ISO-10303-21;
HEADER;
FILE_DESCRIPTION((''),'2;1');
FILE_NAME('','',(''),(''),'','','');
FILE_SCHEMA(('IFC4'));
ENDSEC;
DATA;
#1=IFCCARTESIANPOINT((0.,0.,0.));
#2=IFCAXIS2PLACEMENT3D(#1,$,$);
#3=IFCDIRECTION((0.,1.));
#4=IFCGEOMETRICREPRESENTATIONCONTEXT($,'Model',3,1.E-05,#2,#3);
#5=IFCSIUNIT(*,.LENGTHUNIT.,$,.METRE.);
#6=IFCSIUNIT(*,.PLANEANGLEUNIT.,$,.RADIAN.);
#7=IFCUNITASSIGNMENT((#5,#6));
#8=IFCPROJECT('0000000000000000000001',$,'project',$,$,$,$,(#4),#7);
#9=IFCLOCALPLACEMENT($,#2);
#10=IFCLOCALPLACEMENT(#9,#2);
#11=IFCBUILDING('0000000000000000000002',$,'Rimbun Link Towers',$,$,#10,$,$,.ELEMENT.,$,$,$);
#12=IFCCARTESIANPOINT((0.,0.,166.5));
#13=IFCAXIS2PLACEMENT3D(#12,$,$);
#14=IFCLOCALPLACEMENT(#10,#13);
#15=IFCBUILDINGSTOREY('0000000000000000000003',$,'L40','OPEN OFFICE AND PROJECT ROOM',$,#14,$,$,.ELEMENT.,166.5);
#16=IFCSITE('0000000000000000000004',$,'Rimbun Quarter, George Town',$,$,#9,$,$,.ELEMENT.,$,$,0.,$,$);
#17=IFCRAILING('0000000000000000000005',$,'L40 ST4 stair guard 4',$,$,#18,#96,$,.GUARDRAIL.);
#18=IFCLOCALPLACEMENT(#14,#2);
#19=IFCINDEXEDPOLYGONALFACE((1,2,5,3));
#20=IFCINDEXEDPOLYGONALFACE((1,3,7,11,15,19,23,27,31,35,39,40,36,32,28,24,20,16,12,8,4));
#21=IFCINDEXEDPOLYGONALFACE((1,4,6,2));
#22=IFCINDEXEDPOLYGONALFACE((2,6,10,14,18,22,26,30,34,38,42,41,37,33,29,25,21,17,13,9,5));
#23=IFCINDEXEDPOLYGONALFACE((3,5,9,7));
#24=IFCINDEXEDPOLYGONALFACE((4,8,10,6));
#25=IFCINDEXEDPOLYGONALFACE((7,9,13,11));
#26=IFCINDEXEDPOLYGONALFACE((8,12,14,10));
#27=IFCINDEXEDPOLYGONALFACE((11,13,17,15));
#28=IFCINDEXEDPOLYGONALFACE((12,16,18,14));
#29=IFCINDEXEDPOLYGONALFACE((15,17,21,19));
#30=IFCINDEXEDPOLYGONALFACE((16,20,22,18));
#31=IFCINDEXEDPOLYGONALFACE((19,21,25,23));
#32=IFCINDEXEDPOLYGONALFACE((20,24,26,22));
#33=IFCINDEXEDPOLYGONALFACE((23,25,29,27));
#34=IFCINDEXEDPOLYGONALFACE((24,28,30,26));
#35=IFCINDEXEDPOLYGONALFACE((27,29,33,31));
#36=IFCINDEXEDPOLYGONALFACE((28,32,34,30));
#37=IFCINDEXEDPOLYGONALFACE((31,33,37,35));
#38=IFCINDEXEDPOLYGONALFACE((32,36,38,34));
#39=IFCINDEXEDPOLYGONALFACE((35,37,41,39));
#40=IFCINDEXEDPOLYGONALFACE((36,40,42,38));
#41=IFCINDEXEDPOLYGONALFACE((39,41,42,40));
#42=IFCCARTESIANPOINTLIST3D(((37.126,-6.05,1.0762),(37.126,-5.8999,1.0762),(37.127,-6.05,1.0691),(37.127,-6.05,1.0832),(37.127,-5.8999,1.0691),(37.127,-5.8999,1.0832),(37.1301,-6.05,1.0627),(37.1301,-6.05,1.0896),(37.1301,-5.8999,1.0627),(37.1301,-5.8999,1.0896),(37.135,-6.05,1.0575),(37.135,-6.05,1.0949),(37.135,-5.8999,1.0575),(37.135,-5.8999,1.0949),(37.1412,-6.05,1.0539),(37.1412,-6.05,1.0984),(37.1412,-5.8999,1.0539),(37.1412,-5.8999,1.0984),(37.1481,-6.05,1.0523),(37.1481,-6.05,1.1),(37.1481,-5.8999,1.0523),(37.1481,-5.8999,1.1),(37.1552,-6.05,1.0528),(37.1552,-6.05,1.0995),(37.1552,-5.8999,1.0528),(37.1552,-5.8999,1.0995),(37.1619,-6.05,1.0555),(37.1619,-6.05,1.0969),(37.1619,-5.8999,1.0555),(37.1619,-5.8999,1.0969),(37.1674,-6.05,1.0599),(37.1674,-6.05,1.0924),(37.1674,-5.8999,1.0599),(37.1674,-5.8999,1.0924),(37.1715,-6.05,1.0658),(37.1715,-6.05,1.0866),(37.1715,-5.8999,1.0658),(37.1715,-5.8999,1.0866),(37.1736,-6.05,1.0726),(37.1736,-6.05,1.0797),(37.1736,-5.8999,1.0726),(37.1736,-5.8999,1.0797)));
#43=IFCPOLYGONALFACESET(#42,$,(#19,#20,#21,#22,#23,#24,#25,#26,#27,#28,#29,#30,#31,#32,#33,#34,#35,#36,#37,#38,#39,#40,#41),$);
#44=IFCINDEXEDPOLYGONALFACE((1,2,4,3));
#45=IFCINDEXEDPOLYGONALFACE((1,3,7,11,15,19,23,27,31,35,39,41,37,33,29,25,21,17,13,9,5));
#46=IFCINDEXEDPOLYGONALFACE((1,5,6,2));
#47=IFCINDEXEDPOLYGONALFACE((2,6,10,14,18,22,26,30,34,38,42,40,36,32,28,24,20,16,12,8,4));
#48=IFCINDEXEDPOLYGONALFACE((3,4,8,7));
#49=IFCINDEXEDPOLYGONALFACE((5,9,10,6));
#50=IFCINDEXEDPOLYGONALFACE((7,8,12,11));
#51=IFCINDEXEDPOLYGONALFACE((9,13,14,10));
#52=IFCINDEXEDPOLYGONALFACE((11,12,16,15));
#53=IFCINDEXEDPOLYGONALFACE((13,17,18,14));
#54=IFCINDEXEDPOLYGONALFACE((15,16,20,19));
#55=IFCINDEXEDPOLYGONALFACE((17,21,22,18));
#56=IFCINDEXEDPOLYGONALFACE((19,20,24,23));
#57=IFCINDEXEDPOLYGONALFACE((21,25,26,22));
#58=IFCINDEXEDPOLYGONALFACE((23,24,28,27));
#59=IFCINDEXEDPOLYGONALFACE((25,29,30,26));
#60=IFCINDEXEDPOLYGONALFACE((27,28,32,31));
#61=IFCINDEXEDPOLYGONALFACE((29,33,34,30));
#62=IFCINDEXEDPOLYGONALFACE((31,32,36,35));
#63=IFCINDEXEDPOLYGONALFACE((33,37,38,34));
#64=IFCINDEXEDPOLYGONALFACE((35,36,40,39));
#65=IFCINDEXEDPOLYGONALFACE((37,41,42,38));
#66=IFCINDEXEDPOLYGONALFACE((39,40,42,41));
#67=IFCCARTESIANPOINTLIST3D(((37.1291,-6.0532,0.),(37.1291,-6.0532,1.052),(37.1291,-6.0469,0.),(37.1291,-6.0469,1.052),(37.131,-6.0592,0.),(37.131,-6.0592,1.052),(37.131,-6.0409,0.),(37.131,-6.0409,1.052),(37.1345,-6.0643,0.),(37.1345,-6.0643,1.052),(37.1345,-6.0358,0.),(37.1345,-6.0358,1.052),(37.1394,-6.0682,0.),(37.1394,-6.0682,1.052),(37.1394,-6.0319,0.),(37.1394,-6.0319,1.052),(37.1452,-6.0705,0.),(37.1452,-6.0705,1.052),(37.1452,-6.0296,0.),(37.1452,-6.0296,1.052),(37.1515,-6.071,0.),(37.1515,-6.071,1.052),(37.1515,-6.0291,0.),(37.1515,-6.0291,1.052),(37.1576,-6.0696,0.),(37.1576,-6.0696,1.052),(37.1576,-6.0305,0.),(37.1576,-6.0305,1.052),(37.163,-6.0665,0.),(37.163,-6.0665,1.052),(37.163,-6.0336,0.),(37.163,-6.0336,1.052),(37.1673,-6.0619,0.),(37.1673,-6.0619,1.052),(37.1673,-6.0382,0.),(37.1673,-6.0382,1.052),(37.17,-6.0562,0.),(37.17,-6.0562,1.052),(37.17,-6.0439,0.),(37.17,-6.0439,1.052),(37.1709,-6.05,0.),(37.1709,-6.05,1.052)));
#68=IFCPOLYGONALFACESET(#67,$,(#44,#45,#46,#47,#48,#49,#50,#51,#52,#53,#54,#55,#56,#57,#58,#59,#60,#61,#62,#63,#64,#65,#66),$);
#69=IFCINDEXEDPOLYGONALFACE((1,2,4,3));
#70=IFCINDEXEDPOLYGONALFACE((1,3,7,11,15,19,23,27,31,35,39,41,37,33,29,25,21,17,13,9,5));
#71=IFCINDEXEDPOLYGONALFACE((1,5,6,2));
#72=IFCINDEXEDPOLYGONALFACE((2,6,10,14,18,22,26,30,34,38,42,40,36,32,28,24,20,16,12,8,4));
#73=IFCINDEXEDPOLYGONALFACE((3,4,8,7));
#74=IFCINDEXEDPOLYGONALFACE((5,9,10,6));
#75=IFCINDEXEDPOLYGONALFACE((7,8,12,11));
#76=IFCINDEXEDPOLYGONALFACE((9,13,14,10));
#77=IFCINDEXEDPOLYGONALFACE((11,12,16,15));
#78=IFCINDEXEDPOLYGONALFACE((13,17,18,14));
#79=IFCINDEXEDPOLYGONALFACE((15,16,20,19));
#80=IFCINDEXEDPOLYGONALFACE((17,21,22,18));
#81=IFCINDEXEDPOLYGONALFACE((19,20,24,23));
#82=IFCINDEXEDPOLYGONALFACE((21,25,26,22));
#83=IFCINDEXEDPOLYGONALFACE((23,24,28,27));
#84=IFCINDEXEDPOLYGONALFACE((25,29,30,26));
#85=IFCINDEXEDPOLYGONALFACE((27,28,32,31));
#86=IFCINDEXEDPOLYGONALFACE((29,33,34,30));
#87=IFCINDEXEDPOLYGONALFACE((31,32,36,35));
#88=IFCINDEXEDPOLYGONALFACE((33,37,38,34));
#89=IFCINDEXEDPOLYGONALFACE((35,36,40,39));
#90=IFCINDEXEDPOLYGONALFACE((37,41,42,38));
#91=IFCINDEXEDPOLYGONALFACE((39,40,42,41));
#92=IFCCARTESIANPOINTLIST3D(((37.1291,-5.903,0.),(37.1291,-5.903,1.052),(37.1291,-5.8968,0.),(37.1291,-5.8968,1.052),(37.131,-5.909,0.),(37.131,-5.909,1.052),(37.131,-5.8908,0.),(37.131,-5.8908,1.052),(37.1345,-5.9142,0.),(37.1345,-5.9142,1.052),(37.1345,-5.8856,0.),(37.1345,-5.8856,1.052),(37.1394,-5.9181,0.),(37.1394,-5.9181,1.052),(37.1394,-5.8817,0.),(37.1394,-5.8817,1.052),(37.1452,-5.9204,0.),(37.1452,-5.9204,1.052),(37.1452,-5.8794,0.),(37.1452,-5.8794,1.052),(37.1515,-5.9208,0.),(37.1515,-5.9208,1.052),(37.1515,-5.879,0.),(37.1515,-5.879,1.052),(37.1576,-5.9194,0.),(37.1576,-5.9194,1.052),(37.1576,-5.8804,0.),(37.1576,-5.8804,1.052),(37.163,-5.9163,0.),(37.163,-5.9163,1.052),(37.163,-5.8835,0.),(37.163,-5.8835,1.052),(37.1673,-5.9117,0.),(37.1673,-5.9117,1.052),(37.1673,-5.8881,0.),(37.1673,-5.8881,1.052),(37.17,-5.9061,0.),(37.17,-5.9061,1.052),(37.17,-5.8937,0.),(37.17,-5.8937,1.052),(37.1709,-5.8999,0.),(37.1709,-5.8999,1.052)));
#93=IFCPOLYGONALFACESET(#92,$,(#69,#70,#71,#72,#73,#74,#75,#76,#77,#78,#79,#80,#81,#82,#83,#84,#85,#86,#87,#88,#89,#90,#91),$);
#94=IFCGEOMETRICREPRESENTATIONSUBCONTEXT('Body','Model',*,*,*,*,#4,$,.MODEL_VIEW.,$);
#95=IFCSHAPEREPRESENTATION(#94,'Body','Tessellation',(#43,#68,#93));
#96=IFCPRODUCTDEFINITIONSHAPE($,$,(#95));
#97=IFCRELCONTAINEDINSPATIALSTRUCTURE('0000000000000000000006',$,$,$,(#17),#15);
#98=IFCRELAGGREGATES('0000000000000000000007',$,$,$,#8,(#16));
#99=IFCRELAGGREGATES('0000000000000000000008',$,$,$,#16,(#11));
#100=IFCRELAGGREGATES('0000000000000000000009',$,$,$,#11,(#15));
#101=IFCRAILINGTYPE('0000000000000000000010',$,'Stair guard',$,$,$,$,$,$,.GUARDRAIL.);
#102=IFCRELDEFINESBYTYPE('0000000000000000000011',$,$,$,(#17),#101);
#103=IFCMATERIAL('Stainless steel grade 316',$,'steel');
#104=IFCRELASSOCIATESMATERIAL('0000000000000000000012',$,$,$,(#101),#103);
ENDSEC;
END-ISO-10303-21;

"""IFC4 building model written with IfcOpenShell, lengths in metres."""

from ifc_helpers import new_model, si_unit, direction, frame, origin, origin_2d, place, context, subcontext, project, spatial, circle, extrude, material, type_object, element, save


model = new_model("IFC4")

# Units and contexts
model_context = context("Model", 3, precision=1e-05, world=origin(), true_north=direction((0.0, 1.0)))
body_context = subcontext(model_context, "Body", "Model", "MODEL_VIEW")
ifc_project = project(units=[si_unit("LENGTHUNIT", "METRE"), si_unit("PLANEANGLEUNIT", "RADIAN")], contexts=[model_context])

# Site, building, storey
site_placement = place(None, origin())
site = spatial("IfcSite", under=ifc_project, at=site_placement, Name="Rimbun Quarter, George Town", CompositionType="ELEMENT", RefElevation=0.0)
building_placement = place(site_placement, origin())
building = spatial("IfcBuilding", under=site, at=building_placement, Name="Rimbun Link Towers", CompositionType="ELEMENT")
storey_placement = place(building_placement, frame((0.0, 0.0, 166.5)))
storey = spatial("IfcBuildingStorey", under=building, at=storey_placement, Name="L40", Description="OPEN OFFICE AND PROJECT ROOM", CompositionType="ELEMENT", Elevation=166.5)

# Railing
ifc_material_1 = material(Name="Stainless steel grade 316", Category="steel")
railing_type_1 = type_object("IfcRailingType", Name="Stair guard", PredefinedType="GUARDRAIL", material=ifc_material_1)
railing_1_placement = place(storey_placement, frame((37.1499, -6.05, 0.0)))
element("IfcRailing", 1, at=railing_1_placement, inside=storey, type_object=railing_type_1, Name="L40 ST4 stair guard 4", PredefinedType="GUARDRAIL", context=body_context, shape_type="SweptSolid", body=[
    extrude(circle(Radius=0.0239, at=origin_2d()), frame((0.0, 0.0, 1.0762), z_axis=(0.0, 1.0, 0.0), x_axis=(-1.0, 0.0, 0.0)), (0.0, 0.0, 1.0), 0.1501),
    extrude(circle(Radius=0.021, at=origin_2d()), origin(), (0.0, 0.0, 1.0), 1.052),
    extrude(circle(Radius=0.021, at=origin_2d()), frame((0.0, 0.1501, 0.0)), (0.0, 0.0, 1.0), 1.052),
])

save(model, "model.ifc")
